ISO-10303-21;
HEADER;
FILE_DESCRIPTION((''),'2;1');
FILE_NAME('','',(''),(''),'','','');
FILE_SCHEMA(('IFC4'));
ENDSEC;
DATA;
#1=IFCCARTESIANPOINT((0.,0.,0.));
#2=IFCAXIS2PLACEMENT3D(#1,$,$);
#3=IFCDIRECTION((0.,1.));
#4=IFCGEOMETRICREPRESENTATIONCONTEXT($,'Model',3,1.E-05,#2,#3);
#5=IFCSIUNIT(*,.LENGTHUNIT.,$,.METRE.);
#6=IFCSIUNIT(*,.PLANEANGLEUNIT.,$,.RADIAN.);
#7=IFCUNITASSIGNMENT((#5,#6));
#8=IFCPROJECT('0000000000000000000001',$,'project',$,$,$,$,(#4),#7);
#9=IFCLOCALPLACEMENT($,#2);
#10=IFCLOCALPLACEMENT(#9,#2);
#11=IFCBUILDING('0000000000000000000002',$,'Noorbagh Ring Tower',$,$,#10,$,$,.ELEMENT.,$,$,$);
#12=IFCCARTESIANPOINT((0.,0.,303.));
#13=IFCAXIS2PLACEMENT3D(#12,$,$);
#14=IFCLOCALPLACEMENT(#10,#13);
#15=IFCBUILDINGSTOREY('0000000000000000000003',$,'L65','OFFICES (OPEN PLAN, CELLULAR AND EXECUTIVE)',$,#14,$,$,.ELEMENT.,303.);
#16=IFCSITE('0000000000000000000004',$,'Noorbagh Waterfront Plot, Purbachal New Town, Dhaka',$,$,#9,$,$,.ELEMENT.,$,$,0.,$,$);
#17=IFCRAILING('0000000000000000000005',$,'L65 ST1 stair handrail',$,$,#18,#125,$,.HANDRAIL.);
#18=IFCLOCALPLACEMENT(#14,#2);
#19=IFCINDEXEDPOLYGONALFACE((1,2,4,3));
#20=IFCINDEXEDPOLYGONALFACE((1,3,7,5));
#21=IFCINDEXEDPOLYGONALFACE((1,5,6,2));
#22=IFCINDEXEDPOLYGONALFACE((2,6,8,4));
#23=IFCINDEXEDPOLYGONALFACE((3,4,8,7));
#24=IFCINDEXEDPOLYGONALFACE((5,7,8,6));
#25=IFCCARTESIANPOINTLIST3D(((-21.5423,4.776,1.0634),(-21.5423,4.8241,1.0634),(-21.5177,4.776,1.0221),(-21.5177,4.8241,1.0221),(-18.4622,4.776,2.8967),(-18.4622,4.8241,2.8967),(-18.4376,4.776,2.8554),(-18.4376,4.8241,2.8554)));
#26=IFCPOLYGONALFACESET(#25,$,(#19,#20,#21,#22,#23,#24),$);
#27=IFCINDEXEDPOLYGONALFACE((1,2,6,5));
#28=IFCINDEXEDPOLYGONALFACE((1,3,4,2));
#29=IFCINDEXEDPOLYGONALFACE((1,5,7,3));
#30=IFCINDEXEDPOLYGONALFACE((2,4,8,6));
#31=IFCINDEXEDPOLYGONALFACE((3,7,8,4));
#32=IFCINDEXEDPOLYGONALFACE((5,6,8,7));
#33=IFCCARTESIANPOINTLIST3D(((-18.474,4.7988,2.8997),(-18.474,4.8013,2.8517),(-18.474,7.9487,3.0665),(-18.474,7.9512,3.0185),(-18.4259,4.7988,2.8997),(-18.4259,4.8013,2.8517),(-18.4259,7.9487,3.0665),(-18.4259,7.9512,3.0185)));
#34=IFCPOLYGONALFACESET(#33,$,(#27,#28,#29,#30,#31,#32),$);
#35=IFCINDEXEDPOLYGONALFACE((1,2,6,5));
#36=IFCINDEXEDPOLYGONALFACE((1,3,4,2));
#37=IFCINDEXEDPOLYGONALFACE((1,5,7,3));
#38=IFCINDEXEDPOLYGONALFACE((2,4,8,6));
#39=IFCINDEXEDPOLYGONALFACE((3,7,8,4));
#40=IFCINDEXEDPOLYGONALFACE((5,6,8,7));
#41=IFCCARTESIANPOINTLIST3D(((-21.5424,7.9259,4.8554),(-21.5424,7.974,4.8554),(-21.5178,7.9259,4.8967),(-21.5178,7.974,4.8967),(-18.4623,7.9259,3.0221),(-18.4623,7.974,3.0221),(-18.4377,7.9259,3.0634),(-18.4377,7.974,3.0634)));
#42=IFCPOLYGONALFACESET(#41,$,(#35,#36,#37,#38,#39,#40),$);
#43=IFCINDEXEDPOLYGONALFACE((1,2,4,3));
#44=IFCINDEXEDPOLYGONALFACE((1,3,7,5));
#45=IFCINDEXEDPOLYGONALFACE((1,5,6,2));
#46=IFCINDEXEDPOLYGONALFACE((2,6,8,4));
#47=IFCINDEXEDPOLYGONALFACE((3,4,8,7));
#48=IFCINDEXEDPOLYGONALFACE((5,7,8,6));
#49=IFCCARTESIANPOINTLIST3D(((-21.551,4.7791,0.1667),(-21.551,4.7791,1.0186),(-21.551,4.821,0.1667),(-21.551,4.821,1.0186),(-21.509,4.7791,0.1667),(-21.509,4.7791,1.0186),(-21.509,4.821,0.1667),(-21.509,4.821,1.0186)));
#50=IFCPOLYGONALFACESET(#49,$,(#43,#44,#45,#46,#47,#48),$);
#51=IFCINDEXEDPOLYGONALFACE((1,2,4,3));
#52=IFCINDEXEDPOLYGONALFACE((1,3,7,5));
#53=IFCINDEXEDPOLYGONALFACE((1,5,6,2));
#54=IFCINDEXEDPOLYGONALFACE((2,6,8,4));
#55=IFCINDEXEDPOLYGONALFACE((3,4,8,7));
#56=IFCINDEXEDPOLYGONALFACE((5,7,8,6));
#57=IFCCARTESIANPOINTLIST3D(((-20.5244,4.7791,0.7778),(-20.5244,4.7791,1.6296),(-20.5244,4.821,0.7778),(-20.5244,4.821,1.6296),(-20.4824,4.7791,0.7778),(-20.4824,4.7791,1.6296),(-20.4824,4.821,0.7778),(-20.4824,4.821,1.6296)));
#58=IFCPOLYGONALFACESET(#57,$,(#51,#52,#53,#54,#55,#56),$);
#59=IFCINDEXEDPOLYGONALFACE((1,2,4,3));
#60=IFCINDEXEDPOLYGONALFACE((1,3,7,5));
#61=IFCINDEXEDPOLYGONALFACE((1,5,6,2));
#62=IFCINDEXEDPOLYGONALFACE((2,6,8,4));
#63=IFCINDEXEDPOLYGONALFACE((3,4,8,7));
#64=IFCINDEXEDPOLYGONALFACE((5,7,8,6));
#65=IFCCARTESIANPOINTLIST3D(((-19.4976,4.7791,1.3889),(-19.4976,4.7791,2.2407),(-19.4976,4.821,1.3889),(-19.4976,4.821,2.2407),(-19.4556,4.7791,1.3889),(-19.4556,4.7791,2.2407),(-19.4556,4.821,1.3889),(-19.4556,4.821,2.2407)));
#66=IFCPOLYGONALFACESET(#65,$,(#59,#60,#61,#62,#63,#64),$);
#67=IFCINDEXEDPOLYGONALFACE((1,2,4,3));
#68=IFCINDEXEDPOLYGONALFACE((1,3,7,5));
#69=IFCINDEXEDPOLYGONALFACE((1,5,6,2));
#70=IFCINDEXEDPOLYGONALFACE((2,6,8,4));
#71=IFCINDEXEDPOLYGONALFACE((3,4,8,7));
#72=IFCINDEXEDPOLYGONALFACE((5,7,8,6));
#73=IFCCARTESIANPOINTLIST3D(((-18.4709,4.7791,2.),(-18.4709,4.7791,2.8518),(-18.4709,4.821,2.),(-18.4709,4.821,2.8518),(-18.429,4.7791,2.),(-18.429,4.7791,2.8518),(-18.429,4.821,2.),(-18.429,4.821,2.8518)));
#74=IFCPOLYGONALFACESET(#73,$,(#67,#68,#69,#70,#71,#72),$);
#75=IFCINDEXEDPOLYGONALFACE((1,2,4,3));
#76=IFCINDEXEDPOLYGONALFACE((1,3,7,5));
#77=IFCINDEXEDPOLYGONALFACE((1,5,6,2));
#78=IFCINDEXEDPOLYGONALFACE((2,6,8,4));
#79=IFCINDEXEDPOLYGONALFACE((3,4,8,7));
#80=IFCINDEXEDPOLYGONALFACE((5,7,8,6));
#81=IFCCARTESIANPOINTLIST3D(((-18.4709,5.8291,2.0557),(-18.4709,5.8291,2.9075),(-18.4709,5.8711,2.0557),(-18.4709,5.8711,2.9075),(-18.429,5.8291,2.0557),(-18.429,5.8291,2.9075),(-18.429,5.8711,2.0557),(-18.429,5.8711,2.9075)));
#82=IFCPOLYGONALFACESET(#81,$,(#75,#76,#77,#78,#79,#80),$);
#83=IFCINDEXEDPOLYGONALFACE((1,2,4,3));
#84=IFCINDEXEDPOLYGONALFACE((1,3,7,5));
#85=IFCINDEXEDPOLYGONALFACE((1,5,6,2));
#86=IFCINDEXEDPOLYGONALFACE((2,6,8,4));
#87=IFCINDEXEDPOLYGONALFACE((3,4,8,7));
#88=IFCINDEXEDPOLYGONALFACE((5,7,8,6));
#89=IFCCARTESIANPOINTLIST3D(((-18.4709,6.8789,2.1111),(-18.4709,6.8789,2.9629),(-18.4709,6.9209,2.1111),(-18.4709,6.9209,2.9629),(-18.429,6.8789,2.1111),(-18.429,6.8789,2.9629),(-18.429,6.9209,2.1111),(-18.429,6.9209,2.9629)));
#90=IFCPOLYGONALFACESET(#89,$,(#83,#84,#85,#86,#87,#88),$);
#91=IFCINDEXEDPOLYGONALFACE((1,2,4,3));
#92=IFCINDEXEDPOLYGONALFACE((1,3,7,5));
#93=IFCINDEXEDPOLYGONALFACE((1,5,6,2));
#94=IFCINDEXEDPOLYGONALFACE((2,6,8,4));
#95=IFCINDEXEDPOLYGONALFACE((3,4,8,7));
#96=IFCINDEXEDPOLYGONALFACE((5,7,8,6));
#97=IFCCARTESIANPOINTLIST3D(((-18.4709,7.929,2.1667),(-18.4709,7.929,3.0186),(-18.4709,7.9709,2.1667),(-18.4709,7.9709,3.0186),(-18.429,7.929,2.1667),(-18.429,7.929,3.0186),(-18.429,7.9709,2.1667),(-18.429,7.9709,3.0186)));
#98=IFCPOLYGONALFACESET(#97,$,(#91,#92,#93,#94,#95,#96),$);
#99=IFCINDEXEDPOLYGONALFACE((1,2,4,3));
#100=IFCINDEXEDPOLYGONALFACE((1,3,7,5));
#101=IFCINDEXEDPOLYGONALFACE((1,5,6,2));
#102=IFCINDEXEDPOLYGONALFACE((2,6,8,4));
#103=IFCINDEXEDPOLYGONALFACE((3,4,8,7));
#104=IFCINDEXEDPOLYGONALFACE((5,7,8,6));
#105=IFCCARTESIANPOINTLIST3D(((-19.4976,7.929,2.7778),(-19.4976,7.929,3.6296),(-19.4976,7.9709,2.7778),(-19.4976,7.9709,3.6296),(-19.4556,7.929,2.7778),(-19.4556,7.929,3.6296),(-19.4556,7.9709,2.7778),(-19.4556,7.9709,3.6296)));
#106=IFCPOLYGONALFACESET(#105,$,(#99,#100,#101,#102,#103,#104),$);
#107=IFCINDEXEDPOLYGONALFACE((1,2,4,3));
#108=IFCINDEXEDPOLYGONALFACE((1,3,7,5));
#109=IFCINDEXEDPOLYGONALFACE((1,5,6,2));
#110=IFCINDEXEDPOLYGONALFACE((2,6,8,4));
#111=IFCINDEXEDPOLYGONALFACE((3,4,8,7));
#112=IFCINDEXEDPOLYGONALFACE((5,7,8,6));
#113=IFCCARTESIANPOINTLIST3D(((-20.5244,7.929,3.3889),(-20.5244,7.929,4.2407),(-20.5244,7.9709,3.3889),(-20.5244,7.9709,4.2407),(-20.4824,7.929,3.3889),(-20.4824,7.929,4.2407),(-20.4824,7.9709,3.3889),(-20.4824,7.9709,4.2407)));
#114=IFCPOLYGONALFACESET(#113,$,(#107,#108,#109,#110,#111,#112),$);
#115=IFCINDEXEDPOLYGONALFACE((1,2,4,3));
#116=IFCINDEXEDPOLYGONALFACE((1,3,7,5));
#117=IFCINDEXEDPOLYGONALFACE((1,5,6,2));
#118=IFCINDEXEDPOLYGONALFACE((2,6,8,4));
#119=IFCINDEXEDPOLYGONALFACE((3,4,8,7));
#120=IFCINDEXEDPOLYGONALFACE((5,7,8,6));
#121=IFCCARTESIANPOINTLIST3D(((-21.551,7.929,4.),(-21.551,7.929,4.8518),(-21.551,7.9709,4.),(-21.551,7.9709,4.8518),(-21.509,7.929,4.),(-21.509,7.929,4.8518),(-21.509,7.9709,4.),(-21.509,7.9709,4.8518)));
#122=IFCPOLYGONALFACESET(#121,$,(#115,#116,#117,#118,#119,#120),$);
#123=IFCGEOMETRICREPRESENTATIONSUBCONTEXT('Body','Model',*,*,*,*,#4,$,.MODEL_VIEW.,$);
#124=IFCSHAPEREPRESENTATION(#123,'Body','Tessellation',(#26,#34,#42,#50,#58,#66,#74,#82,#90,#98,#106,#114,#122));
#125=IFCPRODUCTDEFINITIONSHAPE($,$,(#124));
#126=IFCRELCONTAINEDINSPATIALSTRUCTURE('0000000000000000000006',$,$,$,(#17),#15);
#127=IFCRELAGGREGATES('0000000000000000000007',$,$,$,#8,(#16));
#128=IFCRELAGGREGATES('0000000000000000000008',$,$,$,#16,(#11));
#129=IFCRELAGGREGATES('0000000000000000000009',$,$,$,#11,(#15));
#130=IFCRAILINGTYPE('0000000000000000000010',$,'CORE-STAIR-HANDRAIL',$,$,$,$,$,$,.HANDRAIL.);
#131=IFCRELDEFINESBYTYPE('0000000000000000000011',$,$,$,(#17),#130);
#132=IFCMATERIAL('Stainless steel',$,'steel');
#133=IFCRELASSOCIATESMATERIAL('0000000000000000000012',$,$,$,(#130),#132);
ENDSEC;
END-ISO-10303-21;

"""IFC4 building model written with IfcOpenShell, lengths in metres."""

from ifc_helpers import new_model, si_unit, direction, frame, origin, origin_2d, place, context, subcontext, project, spatial, rectangle, extrude, material, type_object, element, save


model = new_model("IFC4")

# Units and contexts
model_context = context("Model", 3, precision=1e-05, world=origin(), true_north=direction((0.0, 1.0)))
body_context = subcontext(model_context, "Body", "Model", "MODEL_VIEW")
ifc_project = project(units=[si_unit("LENGTHUNIT", "METRE"), si_unit("PLANEANGLEUNIT", "RADIAN")], contexts=[model_context])

# Site, building, storey
site_placement = place(None, origin())
site = spatial("IfcSite", under=ifc_project, at=site_placement, Name="Noorbagh Waterfront Plot, Purbachal New Town, Dhaka", CompositionType="ELEMENT", RefElevation=0.0)
building_placement = place(site_placement, origin())
building = spatial("IfcBuilding", under=site, at=building_placement, Name="Noorbagh Ring Tower", CompositionType="ELEMENT")
storey_placement = place(building_placement, frame((0.0, 0.0, 303.0)))
storey = spatial("IfcBuildingStorey", under=building, at=storey_placement, Name="L65", Description="OFFICES (OPEN PLAN, CELLULAR AND EXECUTIVE)", CompositionType="ELEMENT", Elevation=303.0)

# Railing
ifc_material_1 = material(Name="Stainless steel", Category="steel")
railing_type_1 = type_object("IfcRailingType", Name="CORE-STAIR-HANDRAIL", PredefinedType="HANDRAIL", material=ifc_material_1)
railing_1_placement = place(storey_placement, frame((-21.53, 4.8, 0.1667)))
element("IfcRailing", 1, at=railing_1_placement, inside=storey, type_object=railing_type_1, Name="L65 ST1 stair handrail", PredefinedType="HANDRAIL", context=body_context, shape_type="SweptSolid", body=[
    extrude(rectangle(XDim=0.0481, YDim=0.0481, at=origin_2d()), frame((0.0, 0.0, 0.876), z_axis=(0.859309, 0.0, 0.511458), x_axis=(0.0, 1.0, 0.0)), (0.0, 0.0, 1.0), 3.5845),
    extrude(rectangle(XDim=0.0481, YDim=0.0481, at=origin_2d()), frame((3.0801, 0.0, 2.709), z_axis=(0.0, 0.998602, 0.052864), x_axis=(-1.0, 0.0, 0.0)), (0.0, 0.0, 1.0), 3.1543),
    extrude(rectangle(XDim=0.0481, YDim=0.0481, at=origin_2d()), frame((3.0801, 3.1499, 2.876), z_axis=(-0.859309, 0.0, 0.511458), x_axis=(0.0, -1.0, 0.0)), (0.0, 0.0, 1.0), 3.5845),
    extrude(rectangle(XDim=0.042, YDim=0.042, at=origin_2d()), origin(), (0.0, 0.0, 1.0), 0.8518),
    extrude(rectangle(XDim=0.042, YDim=0.042, at=origin_2d()), frame((1.0266, 0.0, 0.6111)), (0.0, 0.0, 1.0), 0.8518),
    extrude(rectangle(XDim=0.042, YDim=0.042, at=origin_2d()), frame((2.0535, 0.0, 1.2222)), (0.0, 0.0, 1.0), 0.8518),
    extrude(rectangle(XDim=0.042, YDim=0.042, at=origin_2d()), frame((3.0801, 0.0, 1.8333)), (0.0, 0.0, 1.0), 0.8518),
    extrude(rectangle(XDim=0.042, YDim=0.042, at=origin_2d()), frame((3.0801, 1.05, 1.8889)), (0.0, 0.0, 1.0), 0.8518),
    extrude(rectangle(XDim=0.042, YDim=0.042, at=origin_2d()), frame((3.0801, 2.0999, 1.9443)), (0.0, 0.0, 1.0), 0.8518),
    extrude(rectangle(XDim=0.042, YDim=0.042, at=origin_2d()), frame((3.0801, 3.1499, 2.0)), (0.0, 0.0, 1.0), 0.8518),
    extrude(rectangle(XDim=0.042, YDim=0.042, at=origin_2d()), frame((2.0535, 3.1499, 2.6111)), (0.0, 0.0, 1.0), 0.8518),
    extrude(rectangle(XDim=0.042, YDim=0.042, at=origin_2d()), frame((1.0266, 3.1499, 3.2222)), (0.0, 0.0, 1.0), 0.8518),
    extrude(rectangle(XDim=0.042, YDim=0.042, at=origin_2d()), frame((0.0, 3.1499, 3.8333)), (0.0, 0.0, 1.0), 0.8518),
])

save(model, "model.ifc")
